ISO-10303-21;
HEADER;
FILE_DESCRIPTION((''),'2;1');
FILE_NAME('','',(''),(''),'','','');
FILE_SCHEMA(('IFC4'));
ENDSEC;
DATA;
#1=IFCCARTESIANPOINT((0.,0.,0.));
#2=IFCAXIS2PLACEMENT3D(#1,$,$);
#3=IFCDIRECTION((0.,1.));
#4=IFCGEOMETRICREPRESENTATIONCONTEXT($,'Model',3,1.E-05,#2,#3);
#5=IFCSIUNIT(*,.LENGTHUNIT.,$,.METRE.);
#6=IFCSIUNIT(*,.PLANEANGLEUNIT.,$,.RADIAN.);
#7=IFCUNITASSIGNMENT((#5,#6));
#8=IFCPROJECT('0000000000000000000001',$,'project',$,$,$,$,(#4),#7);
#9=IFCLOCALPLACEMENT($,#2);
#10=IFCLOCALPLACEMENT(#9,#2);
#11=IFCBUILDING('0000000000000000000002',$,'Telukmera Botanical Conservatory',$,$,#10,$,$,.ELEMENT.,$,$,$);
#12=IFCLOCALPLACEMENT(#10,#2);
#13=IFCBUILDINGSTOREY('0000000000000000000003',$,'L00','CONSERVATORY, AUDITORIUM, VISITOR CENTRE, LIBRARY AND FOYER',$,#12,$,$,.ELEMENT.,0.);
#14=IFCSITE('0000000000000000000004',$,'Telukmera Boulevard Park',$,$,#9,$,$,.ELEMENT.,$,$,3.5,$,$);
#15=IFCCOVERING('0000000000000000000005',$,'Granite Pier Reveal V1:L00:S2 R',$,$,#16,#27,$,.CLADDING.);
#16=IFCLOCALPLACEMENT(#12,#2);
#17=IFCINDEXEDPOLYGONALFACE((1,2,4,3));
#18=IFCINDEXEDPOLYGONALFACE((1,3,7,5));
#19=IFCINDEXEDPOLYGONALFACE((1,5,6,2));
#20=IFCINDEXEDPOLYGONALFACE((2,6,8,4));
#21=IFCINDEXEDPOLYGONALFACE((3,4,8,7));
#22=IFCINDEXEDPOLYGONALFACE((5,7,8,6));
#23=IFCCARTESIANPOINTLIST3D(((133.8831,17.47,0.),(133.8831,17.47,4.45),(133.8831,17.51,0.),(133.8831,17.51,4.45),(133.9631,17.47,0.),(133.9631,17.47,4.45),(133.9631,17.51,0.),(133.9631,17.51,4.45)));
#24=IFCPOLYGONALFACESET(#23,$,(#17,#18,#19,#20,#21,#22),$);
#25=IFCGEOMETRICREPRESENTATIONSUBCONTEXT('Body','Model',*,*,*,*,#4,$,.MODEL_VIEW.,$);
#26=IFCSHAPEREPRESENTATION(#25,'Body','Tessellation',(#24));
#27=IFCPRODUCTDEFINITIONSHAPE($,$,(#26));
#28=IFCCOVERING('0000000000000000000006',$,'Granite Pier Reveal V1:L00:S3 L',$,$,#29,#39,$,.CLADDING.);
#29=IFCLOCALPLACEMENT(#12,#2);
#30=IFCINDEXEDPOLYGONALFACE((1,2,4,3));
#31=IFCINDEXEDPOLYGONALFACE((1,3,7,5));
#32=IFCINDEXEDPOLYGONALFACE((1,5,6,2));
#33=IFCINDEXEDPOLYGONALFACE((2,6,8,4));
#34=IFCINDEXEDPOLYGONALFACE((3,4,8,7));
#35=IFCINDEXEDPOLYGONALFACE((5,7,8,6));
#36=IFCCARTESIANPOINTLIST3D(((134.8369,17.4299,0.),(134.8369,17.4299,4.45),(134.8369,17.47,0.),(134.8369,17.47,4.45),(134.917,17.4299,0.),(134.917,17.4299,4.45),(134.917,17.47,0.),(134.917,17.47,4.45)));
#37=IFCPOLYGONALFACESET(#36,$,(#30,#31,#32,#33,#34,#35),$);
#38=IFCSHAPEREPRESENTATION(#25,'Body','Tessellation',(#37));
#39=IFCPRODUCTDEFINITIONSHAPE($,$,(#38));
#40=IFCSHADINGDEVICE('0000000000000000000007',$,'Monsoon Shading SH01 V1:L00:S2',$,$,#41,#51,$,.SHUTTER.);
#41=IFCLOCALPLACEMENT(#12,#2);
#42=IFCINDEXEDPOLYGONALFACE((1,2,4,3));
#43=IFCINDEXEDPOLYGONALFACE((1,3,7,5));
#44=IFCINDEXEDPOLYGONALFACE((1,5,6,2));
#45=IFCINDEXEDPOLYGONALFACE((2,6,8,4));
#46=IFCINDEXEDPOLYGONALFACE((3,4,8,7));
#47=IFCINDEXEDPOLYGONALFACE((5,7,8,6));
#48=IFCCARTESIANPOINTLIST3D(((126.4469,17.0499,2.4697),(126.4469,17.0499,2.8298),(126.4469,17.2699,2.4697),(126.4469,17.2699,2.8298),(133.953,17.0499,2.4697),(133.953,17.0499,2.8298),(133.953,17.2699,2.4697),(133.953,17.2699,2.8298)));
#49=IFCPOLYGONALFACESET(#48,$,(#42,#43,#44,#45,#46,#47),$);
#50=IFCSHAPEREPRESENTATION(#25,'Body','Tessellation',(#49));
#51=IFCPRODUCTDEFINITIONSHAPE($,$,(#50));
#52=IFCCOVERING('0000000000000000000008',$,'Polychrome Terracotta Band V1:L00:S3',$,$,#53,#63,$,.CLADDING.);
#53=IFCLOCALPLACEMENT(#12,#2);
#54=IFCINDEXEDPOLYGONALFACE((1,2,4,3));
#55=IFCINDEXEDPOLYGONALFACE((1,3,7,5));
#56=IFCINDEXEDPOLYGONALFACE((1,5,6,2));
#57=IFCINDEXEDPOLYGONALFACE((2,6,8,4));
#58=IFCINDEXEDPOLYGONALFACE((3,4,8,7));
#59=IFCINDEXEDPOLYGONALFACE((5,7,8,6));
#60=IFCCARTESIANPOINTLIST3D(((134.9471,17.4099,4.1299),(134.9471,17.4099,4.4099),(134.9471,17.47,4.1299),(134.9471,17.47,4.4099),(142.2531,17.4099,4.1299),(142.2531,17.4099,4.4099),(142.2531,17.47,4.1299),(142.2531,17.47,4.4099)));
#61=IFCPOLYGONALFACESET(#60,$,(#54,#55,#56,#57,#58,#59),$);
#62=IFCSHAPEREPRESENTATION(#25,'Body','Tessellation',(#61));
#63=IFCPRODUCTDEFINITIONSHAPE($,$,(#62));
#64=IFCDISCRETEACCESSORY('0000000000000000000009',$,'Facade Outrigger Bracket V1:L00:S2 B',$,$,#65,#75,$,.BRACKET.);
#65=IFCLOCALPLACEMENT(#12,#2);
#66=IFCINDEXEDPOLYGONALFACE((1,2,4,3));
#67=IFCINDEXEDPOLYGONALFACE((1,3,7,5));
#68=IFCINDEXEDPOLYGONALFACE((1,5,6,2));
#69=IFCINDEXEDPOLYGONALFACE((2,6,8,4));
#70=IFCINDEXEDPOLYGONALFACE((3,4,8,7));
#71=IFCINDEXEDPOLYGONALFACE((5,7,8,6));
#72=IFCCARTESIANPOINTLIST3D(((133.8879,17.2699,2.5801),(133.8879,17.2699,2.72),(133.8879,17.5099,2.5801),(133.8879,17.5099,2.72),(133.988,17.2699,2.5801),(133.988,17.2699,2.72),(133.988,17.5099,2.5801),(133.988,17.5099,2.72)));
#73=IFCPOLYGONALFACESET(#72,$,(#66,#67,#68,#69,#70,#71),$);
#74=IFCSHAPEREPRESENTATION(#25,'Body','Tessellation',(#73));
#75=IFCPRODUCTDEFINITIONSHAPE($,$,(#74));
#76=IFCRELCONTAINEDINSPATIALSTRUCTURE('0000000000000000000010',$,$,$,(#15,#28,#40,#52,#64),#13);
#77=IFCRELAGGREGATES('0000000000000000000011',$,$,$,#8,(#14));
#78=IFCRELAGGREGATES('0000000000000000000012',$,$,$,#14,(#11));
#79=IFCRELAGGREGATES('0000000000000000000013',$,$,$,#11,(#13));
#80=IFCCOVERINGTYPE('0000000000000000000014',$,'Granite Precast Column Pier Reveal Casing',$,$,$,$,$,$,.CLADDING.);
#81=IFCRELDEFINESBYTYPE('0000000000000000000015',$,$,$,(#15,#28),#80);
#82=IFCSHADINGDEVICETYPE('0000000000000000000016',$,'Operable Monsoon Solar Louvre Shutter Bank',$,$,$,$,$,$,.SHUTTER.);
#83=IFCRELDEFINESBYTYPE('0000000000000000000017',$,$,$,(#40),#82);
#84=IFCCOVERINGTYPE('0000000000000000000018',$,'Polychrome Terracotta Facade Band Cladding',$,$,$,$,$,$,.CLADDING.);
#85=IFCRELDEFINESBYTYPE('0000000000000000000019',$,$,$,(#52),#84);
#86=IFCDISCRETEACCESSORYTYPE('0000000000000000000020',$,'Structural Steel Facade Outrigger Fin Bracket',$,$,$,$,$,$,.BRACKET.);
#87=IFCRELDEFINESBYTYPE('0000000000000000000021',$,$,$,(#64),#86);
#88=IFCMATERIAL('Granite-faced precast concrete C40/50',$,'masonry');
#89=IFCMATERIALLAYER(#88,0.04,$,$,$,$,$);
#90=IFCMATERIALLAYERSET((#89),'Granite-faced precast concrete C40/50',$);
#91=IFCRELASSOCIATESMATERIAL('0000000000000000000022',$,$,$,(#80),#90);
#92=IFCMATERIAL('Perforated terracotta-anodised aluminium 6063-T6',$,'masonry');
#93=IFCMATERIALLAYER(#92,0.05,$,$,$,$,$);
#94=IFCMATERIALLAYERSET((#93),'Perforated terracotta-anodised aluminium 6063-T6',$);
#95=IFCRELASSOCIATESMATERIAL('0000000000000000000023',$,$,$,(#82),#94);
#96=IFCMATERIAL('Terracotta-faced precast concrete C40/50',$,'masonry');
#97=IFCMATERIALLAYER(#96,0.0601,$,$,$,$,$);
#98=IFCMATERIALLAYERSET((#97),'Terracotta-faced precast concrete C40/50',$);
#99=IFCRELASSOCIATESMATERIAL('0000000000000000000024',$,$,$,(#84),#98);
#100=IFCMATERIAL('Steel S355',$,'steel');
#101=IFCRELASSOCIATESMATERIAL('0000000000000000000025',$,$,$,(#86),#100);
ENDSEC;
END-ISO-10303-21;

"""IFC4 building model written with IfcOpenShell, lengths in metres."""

from ifc_helpers import new_model, si_unit, direction, frame, origin, origin_2d, place, context, subcontext, project, spatial, rectangle, extrude, material, layer, layer_set, type_object, element, save


model = new_model("IFC4")

# Units and contexts
model_context = context("Model", 3, precision=1e-05, world=origin(), true_north=direction((0.0, 1.0)))
body_context = subcontext(model_context, "Body", "Model", "MODEL_VIEW")
ifc_project = project(units=[si_unit("LENGTHUNIT", "METRE"), si_unit("PLANEANGLEUNIT", "RADIAN")], contexts=[model_context])

# Site, building, storey
site_placement = place(None, origin())
site = spatial("IfcSite", under=ifc_project, at=site_placement, Name="Telukmera Boulevard Park", CompositionType="ELEMENT", RefElevation=3.5)
building_placement = place(site_placement, origin())
building = spatial("IfcBuilding", under=site, at=building_placement, Name="Telukmera Botanical Conservatory", CompositionType="ELEMENT")
storey_placement = place(building_placement, origin())
storey = spatial("IfcBuildingStorey", under=building, at=storey_placement, Name="L00", Description="CONSERVATORY, AUDITORIUM, VISITOR CENTRE, LIBRARY AND FOYER", CompositionType="ELEMENT", Elevation=0.0)

# Shared definitions
ifc_material_1 = material(Name="Granite-faced precast concrete C40/50", Category="masonry")

# Coverings
ifc_layer_1 = layer(ifc_material_1, 0.04)
ifc_layer_set_1 = layer_set([ifc_layer_1], Name="Granite-faced precast concrete C40/50")
covering_type_1 = type_object("IfcCoveringType", Name="Granite Precast Column Pier Reveal Casing", PredefinedType="CLADDING", material=ifc_layer_set_1)
for number, where, z_axis, x_axis, name in (
    (1, (133.9231, 17.49, 0.0), (0.0, 0.0, 1.0), (1.0, 0.0, 0.0), "Granite Pier Reveal V1:L00:S2 R"),
    (2, (134.877, 17.45, 0.0), (0.0, 0.0, 1.0), (1.0, 0.0, 0.0), "Granite Pier Reveal V1:L00:S3 L"),
):
    element("IfcCovering", number, at=place(storey_placement, frame(where, z_axis=z_axis, x_axis=x_axis)), inside=storey, type_object=covering_type_1, Name=name, PredefinedType="CLADDING", context=body_context, shape_type="SweptSolid", body=[
        extrude(rectangle(XDim=0.0801, YDim=0.04, at=origin_2d()), origin(), (0.0, 0.0, 1.0), 4.45),
    ])

# Shading device
ifc_material_2 = material(Name="Perforated terracotta-anodised aluminium 6063-T6", Category="masonry")
ifc_layer_2 = layer(ifc_material_2, 0.05)
ifc_layer_set_2 = layer_set([ifc_layer_2], Name="Perforated terracotta-anodised aluminium 6063-T6")
shading_device_type = type_object("IfcShadingDeviceType", Name="Operable Monsoon Solar Louvre Shutter Bank", PredefinedType="SHUTTER", material=ifc_layer_set_2)
shading_device_placement = place(storey_placement, frame((130.2, 17.1599, 2.4697), z_axis=(0.0, 0.0, 1.0), x_axis=(1.0, 0.0, 0.0)))
element("IfcShadingDevice", 3, at=shading_device_placement, inside=storey, type_object=shading_device_type, Name="Monsoon Shading SH01 V1:L00:S2", PredefinedType="SHUTTER", context=body_context, shape_type="SweptSolid", body=[
    extrude(rectangle(XDim=7.5061, YDim=0.22, at=origin_2d()), origin(), (0.0, 0.0, 1.0), 0.3601),
])

# Covering
ifc_material_3 = material(Name="Terracotta-faced precast concrete C40/50", Category="masonry")
ifc_layer_3 = layer(ifc_material_3, 0.0601)
ifc_layer_set_3 = layer_set([ifc_layer_3], Name="Terracotta-faced precast concrete C40/50")
covering_type_2 = type_object("IfcCoveringType", Name="Polychrome Terracotta Facade Band Cladding", PredefinedType="CLADDING", material=ifc_layer_set_3)
covering_placement = place(storey_placement, frame((138.6001, 17.4399, 4.1299), z_axis=(0.0, 0.0, 1.0), x_axis=(1.0, 0.0, 0.0)))
element("IfcCovering", 4, at=covering_placement, inside=storey, type_object=covering_type_2, Name="Polychrome Terracotta Band V1:L00:S3", PredefinedType="CLADDING", context=body_context, shape_type="SweptSolid", body=[
    extrude(rectangle(XDim=7.3059, YDim=0.0601, at=origin_2d()), origin(), (0.0, 0.0, 1.0), 0.28),
])

# Discrete accessory
ifc_material_4 = material(Name="Steel S355", Category="steel")
discrete_accessory_type = type_object("IfcDiscreteAccessoryType", Name="Structural Steel Facade Outrigger Fin Bracket", PredefinedType="BRACKET", material=ifc_material_4)
discrete_accessory_placement = place(storey_placement, frame((133.938, 17.3899, 2.5801), z_axis=(0.0, 0.0, 1.0), x_axis=(1.0, 0.0, 0.0)))
element("IfcDiscreteAccessory", 5, at=discrete_accessory_placement, inside=storey, type_object=discrete_accessory_type, Name="Facade Outrigger Bracket V1:L00:S2 B", PredefinedType="BRACKET", context=body_context, shape_type="SweptSolid", body=[
    extrude(rectangle(XDim=0.1001, YDim=0.24, at=origin_2d()), origin(), (0.0, 0.0, 1.0), 0.1399),
])

save(model, "model.ifc")
